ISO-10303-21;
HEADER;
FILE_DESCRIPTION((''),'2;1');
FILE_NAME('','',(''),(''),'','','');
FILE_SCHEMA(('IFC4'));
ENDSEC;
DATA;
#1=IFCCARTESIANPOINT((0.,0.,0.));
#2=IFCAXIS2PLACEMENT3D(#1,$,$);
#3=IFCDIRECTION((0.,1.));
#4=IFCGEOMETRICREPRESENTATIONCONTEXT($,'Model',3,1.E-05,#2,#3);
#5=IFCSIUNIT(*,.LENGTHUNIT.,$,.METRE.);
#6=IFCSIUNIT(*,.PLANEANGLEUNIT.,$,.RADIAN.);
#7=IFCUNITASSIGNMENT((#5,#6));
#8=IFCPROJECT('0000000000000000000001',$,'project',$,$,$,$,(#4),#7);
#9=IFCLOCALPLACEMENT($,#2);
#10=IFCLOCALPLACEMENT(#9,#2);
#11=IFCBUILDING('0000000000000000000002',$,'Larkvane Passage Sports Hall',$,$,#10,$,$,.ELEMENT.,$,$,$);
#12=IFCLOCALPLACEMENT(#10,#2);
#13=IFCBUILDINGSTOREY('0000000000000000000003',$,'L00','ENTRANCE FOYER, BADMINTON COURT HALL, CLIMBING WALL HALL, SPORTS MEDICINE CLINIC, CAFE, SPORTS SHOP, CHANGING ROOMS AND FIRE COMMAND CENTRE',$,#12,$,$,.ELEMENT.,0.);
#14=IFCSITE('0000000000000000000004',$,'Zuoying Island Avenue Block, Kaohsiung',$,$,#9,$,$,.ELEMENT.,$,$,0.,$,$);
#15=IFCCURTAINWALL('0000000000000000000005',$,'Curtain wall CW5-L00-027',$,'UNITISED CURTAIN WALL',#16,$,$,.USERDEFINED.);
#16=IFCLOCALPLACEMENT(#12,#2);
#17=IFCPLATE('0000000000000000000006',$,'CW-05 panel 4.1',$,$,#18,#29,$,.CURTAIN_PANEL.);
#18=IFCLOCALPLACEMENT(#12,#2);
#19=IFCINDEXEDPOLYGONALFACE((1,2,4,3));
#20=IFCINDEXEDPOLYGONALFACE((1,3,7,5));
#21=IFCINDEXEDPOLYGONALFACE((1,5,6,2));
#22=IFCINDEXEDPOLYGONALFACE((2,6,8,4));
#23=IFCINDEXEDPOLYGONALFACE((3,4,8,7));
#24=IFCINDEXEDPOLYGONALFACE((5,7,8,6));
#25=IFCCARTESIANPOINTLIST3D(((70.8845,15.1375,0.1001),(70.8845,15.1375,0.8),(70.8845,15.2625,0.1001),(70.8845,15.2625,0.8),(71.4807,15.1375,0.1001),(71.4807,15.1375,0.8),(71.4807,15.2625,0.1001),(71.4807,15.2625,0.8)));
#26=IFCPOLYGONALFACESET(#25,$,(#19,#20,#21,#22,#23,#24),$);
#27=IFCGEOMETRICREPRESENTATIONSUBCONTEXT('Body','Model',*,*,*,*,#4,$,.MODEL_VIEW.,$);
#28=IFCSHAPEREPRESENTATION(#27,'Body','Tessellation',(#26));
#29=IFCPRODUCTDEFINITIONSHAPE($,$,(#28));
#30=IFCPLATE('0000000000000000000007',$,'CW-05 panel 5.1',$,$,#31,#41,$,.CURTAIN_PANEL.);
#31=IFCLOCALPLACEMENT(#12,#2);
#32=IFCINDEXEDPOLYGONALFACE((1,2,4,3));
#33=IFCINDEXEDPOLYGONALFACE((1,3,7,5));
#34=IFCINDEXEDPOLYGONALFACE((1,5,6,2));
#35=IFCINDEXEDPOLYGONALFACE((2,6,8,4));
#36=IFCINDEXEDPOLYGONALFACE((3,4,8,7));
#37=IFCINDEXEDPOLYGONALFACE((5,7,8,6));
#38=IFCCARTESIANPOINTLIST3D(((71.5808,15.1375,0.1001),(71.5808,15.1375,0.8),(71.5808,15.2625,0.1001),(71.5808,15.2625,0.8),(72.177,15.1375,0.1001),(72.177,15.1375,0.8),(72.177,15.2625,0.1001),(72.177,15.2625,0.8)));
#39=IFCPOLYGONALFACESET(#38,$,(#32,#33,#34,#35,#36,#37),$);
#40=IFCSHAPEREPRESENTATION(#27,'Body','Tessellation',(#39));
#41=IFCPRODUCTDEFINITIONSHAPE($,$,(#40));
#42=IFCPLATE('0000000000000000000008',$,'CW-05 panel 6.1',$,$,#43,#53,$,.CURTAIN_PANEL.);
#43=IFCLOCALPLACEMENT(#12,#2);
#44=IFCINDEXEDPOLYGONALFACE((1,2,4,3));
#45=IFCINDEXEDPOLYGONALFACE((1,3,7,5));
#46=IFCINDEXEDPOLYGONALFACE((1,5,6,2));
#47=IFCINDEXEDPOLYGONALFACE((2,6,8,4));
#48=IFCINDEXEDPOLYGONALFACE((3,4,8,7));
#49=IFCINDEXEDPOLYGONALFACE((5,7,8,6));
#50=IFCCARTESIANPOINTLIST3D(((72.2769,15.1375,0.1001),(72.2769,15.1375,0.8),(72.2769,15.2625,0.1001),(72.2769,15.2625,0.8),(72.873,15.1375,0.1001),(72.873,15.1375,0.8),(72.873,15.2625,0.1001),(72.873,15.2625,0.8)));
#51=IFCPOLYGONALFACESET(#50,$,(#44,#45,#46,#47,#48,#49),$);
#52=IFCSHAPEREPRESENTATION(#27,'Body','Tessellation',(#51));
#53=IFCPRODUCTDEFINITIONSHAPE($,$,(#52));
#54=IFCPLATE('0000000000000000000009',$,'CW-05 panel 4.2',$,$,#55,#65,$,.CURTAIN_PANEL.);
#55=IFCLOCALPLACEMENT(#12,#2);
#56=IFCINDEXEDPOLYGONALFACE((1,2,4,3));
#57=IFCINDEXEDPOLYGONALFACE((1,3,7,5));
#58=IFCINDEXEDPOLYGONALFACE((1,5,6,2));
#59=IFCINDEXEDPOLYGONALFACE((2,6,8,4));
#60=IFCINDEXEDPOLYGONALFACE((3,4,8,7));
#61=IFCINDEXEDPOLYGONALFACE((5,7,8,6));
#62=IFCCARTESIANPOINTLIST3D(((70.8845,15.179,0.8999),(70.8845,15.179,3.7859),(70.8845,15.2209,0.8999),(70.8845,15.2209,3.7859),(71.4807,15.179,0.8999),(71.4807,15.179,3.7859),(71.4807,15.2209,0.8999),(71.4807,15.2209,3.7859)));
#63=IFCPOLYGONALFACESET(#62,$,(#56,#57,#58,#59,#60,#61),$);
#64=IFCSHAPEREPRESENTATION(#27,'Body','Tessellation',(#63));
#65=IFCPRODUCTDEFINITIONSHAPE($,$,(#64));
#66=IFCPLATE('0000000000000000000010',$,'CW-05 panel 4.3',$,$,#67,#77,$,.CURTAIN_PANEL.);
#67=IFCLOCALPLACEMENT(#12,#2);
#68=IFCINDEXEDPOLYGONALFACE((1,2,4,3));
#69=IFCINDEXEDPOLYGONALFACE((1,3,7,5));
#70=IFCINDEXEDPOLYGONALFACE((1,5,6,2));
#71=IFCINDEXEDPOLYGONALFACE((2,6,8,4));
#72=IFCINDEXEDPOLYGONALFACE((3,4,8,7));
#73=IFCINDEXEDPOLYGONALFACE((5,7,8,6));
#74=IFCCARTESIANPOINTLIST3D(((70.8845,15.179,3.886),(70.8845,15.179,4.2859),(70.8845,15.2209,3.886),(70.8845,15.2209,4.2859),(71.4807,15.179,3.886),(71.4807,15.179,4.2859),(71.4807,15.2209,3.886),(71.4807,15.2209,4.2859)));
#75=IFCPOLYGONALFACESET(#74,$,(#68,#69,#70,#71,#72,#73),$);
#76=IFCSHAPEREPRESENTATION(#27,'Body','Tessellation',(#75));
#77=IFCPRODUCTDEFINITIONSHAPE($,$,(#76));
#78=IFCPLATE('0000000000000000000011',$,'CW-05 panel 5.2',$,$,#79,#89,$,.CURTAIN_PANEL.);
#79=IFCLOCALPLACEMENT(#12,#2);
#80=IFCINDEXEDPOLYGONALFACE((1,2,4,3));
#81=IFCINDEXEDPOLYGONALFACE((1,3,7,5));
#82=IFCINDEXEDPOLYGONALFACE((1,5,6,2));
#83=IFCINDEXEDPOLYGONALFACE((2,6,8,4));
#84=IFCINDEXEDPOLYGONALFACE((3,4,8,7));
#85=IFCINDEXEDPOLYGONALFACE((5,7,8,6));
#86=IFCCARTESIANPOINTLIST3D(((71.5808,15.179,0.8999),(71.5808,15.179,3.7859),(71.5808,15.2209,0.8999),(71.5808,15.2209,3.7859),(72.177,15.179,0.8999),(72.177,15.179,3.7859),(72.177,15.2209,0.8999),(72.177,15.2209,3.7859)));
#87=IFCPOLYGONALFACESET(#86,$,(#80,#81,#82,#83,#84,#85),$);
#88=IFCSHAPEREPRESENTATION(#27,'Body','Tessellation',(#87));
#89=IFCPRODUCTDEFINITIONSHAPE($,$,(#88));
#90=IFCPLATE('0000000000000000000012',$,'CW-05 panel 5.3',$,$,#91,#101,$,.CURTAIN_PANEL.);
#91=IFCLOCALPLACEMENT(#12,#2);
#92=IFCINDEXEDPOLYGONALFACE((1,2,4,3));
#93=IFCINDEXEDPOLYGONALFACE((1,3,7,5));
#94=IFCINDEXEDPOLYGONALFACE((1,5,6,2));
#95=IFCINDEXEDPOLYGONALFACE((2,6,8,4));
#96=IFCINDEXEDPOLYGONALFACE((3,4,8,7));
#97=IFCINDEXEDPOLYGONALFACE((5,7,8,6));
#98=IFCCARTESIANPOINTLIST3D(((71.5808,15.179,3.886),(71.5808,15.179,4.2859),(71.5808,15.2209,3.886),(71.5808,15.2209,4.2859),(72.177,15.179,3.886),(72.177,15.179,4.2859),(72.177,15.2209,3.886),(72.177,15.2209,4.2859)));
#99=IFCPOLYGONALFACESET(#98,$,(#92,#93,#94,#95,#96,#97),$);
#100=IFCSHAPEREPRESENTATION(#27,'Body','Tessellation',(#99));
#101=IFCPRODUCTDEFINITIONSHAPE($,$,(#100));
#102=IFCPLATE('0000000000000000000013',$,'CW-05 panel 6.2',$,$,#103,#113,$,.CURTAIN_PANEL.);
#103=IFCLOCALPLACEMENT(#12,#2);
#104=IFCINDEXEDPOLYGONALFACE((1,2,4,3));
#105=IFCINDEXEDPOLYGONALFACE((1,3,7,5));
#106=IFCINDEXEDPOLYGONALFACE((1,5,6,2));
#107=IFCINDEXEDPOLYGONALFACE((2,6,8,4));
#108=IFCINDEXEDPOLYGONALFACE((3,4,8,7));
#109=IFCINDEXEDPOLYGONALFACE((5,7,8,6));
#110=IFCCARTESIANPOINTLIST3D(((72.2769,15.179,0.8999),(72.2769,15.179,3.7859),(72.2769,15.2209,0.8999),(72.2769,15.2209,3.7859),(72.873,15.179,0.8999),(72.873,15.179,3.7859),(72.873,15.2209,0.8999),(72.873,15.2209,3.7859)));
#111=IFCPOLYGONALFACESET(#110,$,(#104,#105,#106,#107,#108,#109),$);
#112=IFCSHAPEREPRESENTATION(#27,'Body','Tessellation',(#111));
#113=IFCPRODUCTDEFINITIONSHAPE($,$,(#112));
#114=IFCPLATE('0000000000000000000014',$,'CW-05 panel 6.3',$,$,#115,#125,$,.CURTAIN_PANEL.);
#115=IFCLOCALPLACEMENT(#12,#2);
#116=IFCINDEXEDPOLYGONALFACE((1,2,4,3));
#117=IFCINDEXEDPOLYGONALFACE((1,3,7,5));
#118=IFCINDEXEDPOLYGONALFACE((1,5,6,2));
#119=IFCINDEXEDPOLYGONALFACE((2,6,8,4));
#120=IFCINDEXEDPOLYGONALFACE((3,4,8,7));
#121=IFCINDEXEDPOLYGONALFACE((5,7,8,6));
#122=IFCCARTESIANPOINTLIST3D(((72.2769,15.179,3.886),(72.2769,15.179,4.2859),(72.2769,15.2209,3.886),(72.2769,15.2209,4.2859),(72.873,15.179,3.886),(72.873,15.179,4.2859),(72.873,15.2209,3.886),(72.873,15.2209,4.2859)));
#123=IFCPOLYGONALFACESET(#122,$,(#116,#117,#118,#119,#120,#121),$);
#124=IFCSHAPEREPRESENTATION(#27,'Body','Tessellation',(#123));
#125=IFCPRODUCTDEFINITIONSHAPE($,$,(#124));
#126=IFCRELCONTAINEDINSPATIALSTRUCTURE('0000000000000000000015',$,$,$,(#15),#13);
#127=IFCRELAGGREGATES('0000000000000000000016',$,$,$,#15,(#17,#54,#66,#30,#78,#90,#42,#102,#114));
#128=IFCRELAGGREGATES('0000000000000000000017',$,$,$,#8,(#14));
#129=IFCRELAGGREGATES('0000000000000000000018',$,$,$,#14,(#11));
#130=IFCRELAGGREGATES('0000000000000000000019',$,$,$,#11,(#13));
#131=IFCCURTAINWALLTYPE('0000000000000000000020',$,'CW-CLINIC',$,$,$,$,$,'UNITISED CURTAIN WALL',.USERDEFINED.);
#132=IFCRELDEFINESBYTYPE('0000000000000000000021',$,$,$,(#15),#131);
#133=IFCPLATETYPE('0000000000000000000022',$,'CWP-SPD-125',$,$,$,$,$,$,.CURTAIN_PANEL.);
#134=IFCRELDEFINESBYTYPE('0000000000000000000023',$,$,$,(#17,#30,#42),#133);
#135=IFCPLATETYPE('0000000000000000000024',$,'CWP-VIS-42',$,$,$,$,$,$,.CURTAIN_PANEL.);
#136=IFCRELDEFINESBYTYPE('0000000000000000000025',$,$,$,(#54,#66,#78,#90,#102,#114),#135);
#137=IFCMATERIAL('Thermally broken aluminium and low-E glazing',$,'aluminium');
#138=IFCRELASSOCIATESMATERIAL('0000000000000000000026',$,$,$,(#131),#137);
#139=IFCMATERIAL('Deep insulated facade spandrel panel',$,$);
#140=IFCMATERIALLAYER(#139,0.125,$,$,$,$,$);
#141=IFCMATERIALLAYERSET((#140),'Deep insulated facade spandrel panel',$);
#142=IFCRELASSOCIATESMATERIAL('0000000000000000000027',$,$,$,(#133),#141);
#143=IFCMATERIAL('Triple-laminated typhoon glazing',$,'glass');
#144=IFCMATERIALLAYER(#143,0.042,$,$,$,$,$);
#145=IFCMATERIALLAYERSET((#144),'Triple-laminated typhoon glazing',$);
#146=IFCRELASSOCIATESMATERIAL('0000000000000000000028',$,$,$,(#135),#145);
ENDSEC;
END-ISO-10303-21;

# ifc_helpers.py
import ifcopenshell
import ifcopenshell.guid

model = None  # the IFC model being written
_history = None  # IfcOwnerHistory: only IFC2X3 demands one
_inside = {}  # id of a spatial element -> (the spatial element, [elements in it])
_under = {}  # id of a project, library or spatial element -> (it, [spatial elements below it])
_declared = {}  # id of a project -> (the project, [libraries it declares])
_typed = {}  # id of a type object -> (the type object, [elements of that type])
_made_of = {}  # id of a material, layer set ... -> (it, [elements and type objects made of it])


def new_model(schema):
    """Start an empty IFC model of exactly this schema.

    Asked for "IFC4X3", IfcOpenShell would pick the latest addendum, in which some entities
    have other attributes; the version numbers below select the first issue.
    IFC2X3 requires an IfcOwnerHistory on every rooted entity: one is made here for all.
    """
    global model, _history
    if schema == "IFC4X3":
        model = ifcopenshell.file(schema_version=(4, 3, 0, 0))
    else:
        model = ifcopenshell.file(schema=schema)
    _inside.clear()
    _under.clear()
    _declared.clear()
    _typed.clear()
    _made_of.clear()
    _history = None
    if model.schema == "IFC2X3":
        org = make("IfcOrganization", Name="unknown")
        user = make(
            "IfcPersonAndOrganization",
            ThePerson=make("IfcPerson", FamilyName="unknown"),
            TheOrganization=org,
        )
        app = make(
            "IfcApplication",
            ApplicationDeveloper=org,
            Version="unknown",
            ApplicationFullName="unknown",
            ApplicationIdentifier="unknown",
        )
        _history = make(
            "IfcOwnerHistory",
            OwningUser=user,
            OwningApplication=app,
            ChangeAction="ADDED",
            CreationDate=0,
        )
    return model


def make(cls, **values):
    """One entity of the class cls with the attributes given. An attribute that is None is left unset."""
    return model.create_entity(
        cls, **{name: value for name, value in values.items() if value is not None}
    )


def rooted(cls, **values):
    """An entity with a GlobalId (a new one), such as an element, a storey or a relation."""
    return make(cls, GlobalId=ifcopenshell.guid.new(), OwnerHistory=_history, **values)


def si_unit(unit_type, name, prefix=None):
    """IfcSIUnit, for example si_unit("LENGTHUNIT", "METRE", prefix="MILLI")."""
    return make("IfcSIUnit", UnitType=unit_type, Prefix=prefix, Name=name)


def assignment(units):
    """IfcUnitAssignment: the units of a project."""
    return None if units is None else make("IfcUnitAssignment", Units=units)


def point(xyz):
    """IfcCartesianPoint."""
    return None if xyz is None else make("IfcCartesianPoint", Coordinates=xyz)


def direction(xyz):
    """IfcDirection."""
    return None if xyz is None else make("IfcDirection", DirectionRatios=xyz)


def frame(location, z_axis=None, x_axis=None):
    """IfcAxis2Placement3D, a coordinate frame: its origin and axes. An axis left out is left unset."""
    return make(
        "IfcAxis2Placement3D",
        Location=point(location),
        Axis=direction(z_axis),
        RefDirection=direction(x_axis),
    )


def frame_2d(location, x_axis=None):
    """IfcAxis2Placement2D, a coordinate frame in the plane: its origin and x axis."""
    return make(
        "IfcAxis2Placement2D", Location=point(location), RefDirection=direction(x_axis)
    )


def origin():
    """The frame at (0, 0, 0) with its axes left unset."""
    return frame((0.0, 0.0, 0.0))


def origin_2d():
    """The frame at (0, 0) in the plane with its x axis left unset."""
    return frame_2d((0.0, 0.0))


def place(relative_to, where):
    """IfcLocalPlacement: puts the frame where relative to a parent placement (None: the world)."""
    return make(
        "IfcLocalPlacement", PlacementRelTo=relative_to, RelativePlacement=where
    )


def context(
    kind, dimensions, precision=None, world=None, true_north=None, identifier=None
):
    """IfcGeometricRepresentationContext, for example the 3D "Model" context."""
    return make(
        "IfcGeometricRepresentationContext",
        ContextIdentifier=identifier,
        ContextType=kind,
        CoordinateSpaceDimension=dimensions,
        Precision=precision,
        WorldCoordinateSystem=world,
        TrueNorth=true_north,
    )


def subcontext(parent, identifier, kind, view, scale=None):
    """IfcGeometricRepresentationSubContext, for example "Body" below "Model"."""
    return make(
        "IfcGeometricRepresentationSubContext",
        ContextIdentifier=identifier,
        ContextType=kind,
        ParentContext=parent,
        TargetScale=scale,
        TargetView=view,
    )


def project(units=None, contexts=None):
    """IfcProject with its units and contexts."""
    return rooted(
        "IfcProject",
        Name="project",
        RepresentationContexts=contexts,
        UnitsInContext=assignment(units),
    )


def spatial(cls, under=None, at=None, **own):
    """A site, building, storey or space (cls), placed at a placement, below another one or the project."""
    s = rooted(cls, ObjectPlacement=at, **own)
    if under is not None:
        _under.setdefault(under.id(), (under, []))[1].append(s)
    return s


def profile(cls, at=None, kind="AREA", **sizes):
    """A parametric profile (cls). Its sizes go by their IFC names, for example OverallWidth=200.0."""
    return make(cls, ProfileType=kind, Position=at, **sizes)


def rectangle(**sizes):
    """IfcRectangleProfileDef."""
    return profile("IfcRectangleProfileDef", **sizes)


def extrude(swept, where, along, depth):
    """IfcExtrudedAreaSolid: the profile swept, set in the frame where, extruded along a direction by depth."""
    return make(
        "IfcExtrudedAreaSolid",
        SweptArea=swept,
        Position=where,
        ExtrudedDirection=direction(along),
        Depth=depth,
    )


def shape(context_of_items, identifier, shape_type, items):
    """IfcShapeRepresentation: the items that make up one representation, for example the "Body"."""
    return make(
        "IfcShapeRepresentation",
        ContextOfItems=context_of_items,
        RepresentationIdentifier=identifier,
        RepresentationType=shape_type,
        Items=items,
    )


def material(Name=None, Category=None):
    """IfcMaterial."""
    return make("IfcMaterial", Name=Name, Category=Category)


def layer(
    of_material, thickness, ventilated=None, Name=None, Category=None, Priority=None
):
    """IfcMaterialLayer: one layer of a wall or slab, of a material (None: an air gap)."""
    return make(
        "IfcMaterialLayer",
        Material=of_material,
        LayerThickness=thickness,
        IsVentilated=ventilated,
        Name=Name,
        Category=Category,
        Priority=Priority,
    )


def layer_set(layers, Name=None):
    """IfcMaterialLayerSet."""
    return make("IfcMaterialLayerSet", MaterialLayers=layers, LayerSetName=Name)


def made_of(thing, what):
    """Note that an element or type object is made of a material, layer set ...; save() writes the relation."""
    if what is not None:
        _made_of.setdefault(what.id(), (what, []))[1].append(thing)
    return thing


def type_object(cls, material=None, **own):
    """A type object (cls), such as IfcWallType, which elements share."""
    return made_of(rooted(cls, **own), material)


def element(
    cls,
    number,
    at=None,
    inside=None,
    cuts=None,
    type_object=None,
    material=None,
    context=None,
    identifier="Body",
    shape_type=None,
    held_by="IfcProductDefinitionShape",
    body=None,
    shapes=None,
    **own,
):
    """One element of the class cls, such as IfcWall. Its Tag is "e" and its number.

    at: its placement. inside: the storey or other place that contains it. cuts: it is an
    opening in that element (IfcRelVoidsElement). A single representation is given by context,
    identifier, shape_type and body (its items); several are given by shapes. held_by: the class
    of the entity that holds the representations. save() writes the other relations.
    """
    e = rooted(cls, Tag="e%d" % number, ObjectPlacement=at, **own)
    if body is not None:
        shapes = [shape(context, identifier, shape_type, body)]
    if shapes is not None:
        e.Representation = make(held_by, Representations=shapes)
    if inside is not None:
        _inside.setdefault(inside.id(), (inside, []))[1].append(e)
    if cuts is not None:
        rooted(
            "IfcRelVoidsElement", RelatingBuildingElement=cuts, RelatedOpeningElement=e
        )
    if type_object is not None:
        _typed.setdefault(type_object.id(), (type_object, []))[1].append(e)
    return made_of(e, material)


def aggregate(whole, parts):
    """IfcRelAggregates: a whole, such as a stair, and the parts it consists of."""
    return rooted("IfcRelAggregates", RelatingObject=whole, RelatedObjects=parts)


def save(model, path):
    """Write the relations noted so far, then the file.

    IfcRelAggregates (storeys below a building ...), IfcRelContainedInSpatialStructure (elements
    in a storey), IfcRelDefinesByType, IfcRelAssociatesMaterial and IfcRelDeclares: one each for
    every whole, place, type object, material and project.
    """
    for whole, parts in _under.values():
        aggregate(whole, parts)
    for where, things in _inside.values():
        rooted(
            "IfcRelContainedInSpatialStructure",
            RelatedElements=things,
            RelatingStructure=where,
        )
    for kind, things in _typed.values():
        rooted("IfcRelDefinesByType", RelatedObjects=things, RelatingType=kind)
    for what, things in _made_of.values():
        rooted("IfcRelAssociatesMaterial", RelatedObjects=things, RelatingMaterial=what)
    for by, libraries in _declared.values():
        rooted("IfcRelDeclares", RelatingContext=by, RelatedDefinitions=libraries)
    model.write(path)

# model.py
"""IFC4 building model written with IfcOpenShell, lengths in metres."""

from ifc_helpers import new_model, si_unit, direction, frame, origin, origin_2d, place, context, subcontext, project, spatial, rectangle, extrude, material, layer, layer_set, type_object, element, aggregate, save


model = new_model("IFC4")

# Units and contexts
model_context = context("Model", 3, precision=1e-05, world=origin(), true_north=direction((0.0, 1.0)))
body_context = subcontext(model_context, "Body", "Model", "MODEL_VIEW")
ifc_project = project(units=[si_unit("LENGTHUNIT", "METRE"), si_unit("PLANEANGLEUNIT", "RADIAN")], contexts=[model_context])

# Site, building, storey
site_placement = place(None, origin())
site = spatial("IfcSite", under=ifc_project, at=site_placement, Name="Zuoying Island Avenue Block, Kaohsiung", CompositionType="ELEMENT", RefElevation=0.0)
building_placement = place(site_placement, origin())
building = spatial("IfcBuilding", under=site, at=building_placement, Name="Larkvane Passage Sports Hall", CompositionType="ELEMENT")
storey_placement = place(building_placement, origin())
storey = spatial("IfcBuildingStorey", under=building, at=storey_placement, Name="L00", Description="ENTRANCE FOYER, BADMINTON COURT HALL, CLIMBING WALL HALL, SPORTS MEDICINE CLINIC, CAFE, SPORTS SHOP, CHANGING ROOMS AND FIRE COMMAND CENTRE", CompositionType="ELEMENT", Elevation=0.0)

# Curtain wall, plates
ifc_material_1 = material(Name="Thermally broken aluminium and low-E glazing", Category="aluminium")
curtain_wall_type = type_object("IfcCurtainWallType", Name="CW-CLINIC", ElementType="UNITISED CURTAIN WALL", PredefinedType="USERDEFINED", material=ifc_material_1)
curtain_wall_placement = place(storey_placement, origin())
curtain_wall = element("IfcCurtainWall", 1, at=curtain_wall_placement, inside=storey, type_object=curtain_wall_type, Name="Curtain wall CW5-L00-027", ObjectType="UNITISED CURTAIN WALL", PredefinedType="USERDEFINED")
ifc_material_2 = material(Name="Deep insulated facade spandrel panel")
ifc_layer_1 = layer(ifc_material_2, 0.125)
ifc_layer_set_1 = layer_set([ifc_layer_1], Name="Deep insulated facade spandrel panel")
plate_type_1 = type_object("IfcPlateType", Name="CWP-SPD-125", PredefinedType="CURTAIN_PANEL", material=ifc_layer_set_1)
plate_1_placement = place(storey_placement, frame((71.1826, 15.2, 0.1001), z_axis=(0.0, 0.0, 1.0), x_axis=(1.0, 0.0, 0.0)))
plate_1 = element("IfcPlate", 2, at=plate_1_placement, type_object=plate_type_1, Name="CW-05 panel 4.1", PredefinedType="CURTAIN_PANEL", context=body_context, shape_type="SweptSolid", body=[
    extrude(rectangle(XDim=0.5962, YDim=0.125, at=origin_2d()), origin(), (0.0, 0.0, 1.0), 0.7),
])
plate_2_placement = place(storey_placement, frame((71.8789, 15.2, 0.1001), z_axis=(0.0, 0.0, 1.0), x_axis=(1.0, 0.0, 0.0)))
plate_2 = element("IfcPlate", 3, at=plate_2_placement, type_object=plate_type_1, Name="CW-05 panel 5.1", PredefinedType="CURTAIN_PANEL", context=body_context, shape_type="SweptSolid", body=[
    extrude(rectangle(XDim=0.5962, YDim=0.125, at=origin_2d()), origin(), (0.0, 0.0, 1.0), 0.7),
])
plate_3_placement = place(storey_placement, frame((72.575, 15.2, 0.1001), z_axis=(0.0, 0.0, 1.0), x_axis=(1.0, 0.0, 0.0)))
plate_3 = element("IfcPlate", 4, at=plate_3_placement, type_object=plate_type_1, Name="CW-05 panel 6.1", PredefinedType="CURTAIN_PANEL", context=body_context, shape_type="SweptSolid", body=[
    extrude(rectangle(XDim=0.5962, YDim=0.125, at=origin_2d()), origin(), (0.0, 0.0, 1.0), 0.7),
])
ifc_material_3 = material(Name="Triple-laminated typhoon glazing", Category="glass")
ifc_layer_2 = layer(ifc_material_3, 0.042)
ifc_layer_set_2 = layer_set([ifc_layer_2], Name="Triple-laminated typhoon glazing")
plate_type_2 = type_object("IfcPlateType", Name="CWP-VIS-42", PredefinedType="CURTAIN_PANEL", material=ifc_layer_set_2)
plate_4_placement = place(storey_placement, frame((71.1826, 15.2, 0.8999), z_axis=(0.0, 0.0, 1.0), x_axis=(1.0, 0.0, 0.0)))
plate_4 = element("IfcPlate", 5, at=plate_4_placement, type_object=plate_type_2, Name="CW-05 panel 4.2", PredefinedType="CURTAIN_PANEL", context=body_context, shape_type="SweptSolid", body=[
    extrude(rectangle(XDim=0.5962, YDim=0.042, at=origin_2d()), origin(), (0.0, 0.0, 1.0), 2.886),
])
plate_5_placement = place(storey_placement, frame((71.1826, 15.2, 3.886), z_axis=(0.0, 0.0, 1.0), x_axis=(1.0, 0.0, 0.0)))
plate_5 = element("IfcPlate", 6, at=plate_5_placement, type_object=plate_type_2, Name="CW-05 panel 4.3", PredefinedType="CURTAIN_PANEL", context=body_context, shape_type="SweptSolid", body=[
    extrude(rectangle(XDim=0.5962, YDim=0.042, at=origin_2d()), origin(), (0.0, 0.0, 1.0), 0.3999),
])
plate_6_placement = place(storey_placement, frame((71.8789, 15.2, 0.8999), z_axis=(0.0, 0.0, 1.0), x_axis=(1.0, 0.0, 0.0)))
plate_6 = element("IfcPlate", 7, at=plate_6_placement, type_object=plate_type_2, Name="CW-05 panel 5.2", PredefinedType="CURTAIN_PANEL", context=body_context, shape_type="SweptSolid", body=[
    extrude(rectangle(XDim=0.5962, YDim=0.042, at=origin_2d()), origin(), (0.0, 0.0, 1.0), 2.886),
])
plate_7_placement = place(storey_placement, frame((71.8789, 15.2, 3.886), z_axis=(0.0, 0.0, 1.0), x_axis=(1.0, 0.0, 0.0)))
plate_7 = element("IfcPlate", 8, at=plate_7_placement, type_object=plate_type_2, Name="CW-05 panel 5.3", PredefinedType="CURTAIN_PANEL", context=body_context, shape_type="SweptSolid", body=[
    extrude(rectangle(XDim=0.5962, YDim=0.042, at=origin_2d()), origin(), (0.0, 0.0, 1.0), 0.3999),
])
plate_8_placement = place(storey_placement, frame((72.575, 15.2, 0.8999), z_axis=(0.0, 0.0, 1.0), x_axis=(1.0, 0.0, 0.0)))
plate_8 = element("IfcPlate", 9, at=plate_8_placement, type_object=plate_type_2, Name="CW-05 panel 6.2", PredefinedType="CURTAIN_PANEL", context=body_context, shape_type="SweptSolid", body=[
    extrude(rectangle(XDim=0.5962, YDim=0.042, at=origin_2d()), origin(), (0.0, 0.0, 1.0), 2.886),
])
plate_9_placement = place(storey_placement, frame((72.575, 15.2, 3.886), z_axis=(0.0, 0.0, 1.0), x_axis=(1.0, 0.0, 0.0)))
plate_9 = element("IfcPlate", 10, at=plate_9_placement, type_object=plate_type_2, Name="CW-05 panel 6.3", PredefinedType="CURTAIN_PANEL", context=body_context, shape_type="SweptSolid", body=[
    extrude(rectangle(XDim=0.5962, YDim=0.042, at=origin_2d()), origin(), (0.0, 0.0, 1.0), 0.3999),
])
aggregate(curtain_wall, [plate_1, plate_4, plate_5, plate_2, plate_6, plate_7, plate_3, plate_8, plate_9])

save(model, "model.ifc")
